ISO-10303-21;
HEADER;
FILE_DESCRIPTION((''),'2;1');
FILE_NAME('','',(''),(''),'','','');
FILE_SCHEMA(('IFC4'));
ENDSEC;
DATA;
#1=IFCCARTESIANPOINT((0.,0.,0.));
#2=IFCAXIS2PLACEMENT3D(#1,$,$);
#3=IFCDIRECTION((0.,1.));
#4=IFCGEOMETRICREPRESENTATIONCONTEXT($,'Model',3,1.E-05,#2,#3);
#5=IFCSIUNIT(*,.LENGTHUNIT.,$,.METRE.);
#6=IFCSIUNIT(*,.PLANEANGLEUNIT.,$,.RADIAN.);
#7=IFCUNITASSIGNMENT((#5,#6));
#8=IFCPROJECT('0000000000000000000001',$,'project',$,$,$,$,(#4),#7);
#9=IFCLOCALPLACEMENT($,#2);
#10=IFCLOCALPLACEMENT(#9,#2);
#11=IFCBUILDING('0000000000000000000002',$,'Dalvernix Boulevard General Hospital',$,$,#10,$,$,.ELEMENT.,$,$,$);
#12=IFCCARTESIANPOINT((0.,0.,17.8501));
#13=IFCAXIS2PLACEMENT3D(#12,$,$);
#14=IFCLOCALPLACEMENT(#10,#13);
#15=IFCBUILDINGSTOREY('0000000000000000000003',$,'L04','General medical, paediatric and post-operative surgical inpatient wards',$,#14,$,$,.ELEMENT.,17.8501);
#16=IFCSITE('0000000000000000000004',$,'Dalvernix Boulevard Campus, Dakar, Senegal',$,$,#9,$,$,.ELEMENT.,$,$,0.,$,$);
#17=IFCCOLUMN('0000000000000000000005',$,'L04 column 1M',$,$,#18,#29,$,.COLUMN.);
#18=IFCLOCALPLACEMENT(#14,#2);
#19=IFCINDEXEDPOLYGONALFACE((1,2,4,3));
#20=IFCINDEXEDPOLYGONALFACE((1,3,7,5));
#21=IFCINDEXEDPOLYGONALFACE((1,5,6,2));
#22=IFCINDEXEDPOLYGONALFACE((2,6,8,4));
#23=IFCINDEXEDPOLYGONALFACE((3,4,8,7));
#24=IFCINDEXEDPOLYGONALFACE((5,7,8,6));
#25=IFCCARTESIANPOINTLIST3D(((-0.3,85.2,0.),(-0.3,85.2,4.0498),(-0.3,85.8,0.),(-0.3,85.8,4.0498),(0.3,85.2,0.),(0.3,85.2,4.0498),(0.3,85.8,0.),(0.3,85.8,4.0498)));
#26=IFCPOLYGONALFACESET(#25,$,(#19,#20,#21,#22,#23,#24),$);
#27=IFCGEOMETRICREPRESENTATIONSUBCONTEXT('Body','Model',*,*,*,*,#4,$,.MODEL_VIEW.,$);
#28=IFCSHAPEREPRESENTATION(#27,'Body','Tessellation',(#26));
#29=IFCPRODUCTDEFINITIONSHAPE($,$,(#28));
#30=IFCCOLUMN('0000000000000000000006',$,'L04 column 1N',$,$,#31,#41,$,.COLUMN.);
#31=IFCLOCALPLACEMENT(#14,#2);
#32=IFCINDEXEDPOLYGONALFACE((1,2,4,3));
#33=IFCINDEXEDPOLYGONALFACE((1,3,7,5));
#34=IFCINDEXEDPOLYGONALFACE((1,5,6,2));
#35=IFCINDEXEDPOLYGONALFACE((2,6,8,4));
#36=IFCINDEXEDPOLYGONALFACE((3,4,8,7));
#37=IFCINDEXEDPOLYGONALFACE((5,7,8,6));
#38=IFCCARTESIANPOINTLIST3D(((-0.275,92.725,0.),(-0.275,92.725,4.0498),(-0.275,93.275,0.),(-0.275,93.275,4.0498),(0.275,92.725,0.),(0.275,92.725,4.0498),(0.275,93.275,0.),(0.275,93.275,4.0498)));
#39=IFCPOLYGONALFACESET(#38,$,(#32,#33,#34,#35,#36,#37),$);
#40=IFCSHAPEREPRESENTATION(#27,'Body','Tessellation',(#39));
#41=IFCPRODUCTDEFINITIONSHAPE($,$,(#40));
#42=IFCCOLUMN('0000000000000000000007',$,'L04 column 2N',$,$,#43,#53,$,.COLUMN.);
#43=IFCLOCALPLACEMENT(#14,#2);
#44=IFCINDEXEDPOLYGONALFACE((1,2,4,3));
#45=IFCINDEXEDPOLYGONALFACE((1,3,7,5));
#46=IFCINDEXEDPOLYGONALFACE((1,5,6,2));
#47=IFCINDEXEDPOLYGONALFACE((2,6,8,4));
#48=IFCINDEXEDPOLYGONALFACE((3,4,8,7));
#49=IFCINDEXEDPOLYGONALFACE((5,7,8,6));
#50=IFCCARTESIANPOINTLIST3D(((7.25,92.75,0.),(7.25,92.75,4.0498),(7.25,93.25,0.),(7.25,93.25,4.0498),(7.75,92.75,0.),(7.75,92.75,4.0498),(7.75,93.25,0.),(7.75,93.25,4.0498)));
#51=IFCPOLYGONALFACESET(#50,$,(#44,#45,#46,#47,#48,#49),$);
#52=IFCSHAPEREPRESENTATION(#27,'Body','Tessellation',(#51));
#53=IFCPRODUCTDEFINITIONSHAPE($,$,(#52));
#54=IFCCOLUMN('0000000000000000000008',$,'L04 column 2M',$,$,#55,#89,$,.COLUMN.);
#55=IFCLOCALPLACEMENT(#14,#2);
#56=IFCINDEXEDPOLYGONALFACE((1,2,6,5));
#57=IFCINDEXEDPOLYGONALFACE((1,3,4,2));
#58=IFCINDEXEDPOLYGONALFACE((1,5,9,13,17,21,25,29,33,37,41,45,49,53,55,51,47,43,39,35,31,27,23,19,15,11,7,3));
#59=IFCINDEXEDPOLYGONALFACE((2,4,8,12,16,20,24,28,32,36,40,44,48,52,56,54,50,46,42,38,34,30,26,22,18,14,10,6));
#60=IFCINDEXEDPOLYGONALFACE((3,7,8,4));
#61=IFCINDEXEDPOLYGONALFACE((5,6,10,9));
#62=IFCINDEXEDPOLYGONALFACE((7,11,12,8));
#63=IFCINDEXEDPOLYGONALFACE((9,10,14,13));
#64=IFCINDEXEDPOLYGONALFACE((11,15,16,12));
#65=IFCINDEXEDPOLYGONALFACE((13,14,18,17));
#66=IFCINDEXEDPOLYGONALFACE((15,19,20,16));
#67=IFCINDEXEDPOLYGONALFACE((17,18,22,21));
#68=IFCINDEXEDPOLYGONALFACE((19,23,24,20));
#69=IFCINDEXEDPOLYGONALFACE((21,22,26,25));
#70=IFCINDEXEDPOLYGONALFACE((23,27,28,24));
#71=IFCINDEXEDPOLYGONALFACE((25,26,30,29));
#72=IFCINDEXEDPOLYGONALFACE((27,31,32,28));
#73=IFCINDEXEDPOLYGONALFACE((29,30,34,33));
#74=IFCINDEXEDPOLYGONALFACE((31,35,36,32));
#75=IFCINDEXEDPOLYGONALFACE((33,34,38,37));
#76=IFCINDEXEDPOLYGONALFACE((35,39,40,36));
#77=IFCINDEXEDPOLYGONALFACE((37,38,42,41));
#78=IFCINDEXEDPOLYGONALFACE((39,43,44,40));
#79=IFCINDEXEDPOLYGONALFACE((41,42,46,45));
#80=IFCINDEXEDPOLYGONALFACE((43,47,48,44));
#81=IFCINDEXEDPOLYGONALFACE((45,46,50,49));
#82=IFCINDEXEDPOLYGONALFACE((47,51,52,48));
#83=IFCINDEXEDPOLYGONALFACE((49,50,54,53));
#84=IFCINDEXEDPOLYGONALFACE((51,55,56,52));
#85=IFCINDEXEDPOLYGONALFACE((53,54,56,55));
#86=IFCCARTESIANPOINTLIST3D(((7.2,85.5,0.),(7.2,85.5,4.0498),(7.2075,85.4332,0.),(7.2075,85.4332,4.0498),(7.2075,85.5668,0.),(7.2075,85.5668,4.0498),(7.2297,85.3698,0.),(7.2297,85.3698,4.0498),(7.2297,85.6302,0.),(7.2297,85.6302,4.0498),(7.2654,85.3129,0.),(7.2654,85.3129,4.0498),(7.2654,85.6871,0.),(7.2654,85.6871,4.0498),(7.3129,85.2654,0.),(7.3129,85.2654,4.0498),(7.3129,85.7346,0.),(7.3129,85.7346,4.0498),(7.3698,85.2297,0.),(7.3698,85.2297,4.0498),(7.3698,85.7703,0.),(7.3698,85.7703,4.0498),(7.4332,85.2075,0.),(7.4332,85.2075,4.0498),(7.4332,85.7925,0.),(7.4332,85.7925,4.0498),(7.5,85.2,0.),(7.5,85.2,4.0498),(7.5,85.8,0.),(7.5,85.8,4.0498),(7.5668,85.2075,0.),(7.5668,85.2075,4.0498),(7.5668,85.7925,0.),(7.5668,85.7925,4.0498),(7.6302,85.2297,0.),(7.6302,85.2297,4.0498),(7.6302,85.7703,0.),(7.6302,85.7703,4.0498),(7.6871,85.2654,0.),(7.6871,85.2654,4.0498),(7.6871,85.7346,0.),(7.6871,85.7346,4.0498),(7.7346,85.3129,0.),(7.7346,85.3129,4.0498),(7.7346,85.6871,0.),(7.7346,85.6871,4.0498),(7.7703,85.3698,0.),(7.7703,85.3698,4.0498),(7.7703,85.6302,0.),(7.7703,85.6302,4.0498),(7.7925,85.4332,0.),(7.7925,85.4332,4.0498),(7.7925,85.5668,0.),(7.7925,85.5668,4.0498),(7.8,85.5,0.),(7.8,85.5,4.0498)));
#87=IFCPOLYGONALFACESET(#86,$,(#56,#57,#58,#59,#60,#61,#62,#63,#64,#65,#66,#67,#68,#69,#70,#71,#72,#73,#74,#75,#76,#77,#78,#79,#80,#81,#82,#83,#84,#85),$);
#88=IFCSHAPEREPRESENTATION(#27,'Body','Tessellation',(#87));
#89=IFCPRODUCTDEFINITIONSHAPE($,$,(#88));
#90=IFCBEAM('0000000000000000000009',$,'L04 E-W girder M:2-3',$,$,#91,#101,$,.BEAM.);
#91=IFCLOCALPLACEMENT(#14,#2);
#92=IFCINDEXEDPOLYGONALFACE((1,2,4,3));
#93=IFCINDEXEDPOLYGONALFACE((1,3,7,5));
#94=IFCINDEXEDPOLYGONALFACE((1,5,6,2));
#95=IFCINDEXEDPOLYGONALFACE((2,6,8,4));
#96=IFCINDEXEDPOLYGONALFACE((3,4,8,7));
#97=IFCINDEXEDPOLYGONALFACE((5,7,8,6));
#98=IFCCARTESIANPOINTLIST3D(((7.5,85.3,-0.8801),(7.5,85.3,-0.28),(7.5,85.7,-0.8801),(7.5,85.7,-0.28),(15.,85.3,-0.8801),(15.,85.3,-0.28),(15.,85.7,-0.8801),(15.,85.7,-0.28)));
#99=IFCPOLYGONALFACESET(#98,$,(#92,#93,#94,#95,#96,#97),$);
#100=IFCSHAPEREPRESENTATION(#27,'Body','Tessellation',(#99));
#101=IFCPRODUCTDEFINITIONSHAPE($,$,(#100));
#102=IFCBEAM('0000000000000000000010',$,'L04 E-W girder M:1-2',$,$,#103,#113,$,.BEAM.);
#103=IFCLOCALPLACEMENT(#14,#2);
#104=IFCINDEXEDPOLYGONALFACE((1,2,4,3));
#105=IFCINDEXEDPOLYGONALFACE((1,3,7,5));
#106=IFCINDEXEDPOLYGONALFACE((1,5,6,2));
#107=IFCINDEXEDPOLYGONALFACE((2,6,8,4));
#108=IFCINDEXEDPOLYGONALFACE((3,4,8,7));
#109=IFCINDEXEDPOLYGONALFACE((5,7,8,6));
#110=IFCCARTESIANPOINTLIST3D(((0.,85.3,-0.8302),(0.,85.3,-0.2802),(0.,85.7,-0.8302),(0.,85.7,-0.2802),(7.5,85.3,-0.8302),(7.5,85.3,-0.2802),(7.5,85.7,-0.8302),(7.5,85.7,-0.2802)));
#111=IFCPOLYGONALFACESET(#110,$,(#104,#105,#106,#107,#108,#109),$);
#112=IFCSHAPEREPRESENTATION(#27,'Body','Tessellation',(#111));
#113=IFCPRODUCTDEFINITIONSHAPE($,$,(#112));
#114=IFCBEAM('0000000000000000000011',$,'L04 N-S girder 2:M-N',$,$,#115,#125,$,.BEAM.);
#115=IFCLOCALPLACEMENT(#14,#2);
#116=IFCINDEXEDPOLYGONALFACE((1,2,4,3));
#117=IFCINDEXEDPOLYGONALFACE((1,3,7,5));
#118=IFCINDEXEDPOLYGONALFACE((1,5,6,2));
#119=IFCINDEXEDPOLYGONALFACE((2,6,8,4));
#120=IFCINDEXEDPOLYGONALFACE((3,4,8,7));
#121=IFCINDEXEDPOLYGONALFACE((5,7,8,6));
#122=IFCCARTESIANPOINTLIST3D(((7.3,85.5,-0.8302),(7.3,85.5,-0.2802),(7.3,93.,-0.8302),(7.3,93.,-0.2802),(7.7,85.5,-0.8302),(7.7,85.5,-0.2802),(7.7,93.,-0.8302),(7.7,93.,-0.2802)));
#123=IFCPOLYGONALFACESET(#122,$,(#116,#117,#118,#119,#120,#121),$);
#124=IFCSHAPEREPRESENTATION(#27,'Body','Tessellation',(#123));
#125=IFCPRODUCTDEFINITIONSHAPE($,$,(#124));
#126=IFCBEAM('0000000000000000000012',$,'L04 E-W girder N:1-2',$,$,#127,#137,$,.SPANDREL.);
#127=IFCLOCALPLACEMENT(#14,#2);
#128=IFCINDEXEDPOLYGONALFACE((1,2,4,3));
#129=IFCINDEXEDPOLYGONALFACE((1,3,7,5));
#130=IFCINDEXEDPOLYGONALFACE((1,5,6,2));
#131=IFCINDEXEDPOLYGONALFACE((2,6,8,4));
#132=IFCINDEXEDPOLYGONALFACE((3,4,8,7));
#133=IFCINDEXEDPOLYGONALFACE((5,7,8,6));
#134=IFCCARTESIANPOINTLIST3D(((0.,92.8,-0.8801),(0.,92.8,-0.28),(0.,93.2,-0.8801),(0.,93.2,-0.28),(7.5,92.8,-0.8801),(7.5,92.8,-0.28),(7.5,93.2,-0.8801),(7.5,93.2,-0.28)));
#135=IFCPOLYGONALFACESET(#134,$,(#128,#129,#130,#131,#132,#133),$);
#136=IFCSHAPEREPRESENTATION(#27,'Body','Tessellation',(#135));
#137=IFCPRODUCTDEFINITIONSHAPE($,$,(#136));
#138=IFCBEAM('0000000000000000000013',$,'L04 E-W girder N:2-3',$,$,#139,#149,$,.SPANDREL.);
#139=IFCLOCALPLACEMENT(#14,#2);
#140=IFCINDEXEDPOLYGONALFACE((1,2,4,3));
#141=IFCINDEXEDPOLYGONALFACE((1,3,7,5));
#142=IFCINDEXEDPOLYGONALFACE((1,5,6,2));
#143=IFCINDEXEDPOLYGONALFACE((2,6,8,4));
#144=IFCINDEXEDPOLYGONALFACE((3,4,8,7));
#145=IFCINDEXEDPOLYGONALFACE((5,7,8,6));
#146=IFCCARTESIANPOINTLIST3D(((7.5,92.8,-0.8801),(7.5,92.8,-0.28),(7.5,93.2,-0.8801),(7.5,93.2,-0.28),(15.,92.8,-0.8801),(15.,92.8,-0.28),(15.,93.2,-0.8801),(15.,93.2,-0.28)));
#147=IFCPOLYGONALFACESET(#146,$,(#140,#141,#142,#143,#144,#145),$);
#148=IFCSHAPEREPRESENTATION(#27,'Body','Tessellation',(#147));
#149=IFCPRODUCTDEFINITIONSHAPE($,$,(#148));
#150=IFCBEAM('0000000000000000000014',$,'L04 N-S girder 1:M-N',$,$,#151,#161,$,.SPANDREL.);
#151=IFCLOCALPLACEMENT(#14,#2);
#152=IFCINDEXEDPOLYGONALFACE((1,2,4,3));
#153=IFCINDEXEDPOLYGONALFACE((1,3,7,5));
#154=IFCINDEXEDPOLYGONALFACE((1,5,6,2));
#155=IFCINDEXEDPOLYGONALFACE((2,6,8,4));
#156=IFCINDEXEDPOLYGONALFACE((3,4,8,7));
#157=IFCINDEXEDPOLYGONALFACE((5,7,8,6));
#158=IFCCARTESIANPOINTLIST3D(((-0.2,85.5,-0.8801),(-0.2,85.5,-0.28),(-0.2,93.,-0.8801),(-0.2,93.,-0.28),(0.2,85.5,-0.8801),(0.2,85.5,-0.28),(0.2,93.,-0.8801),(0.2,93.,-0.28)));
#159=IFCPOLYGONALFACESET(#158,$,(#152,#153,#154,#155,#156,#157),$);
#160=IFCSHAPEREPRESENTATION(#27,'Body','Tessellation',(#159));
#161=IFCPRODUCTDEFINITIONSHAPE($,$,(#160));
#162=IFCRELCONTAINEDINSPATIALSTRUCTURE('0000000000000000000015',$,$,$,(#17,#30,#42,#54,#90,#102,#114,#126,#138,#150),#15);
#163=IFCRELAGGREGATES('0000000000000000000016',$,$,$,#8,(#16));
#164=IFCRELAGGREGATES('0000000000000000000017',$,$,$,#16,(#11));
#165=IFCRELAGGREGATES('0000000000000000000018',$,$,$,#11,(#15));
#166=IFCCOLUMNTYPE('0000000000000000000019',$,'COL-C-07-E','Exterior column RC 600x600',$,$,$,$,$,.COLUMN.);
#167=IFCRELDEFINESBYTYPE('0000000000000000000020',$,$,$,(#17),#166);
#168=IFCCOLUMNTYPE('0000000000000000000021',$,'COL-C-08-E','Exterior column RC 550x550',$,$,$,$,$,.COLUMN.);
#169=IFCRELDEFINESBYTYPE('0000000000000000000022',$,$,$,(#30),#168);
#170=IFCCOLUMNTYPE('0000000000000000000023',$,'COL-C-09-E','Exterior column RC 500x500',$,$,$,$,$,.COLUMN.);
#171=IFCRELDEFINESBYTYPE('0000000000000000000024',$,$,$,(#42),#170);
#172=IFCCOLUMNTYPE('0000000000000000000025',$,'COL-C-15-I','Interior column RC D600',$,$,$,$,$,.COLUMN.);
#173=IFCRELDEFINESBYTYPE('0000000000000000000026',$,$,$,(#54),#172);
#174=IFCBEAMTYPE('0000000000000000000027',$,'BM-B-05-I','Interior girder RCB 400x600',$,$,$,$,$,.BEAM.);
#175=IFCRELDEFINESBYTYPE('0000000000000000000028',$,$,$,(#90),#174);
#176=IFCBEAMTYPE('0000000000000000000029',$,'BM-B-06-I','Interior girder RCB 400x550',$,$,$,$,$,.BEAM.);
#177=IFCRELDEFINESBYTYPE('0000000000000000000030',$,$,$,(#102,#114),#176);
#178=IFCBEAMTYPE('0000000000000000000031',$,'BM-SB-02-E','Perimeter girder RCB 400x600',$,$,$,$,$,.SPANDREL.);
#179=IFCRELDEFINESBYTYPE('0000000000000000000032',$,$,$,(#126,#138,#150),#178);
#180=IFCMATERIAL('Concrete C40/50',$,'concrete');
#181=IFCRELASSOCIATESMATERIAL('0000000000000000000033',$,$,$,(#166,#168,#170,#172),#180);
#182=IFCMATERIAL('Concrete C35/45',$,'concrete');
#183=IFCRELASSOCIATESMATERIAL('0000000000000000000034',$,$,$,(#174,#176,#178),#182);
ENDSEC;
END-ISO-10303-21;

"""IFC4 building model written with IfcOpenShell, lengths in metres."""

from ifc_helpers import new_model, si_unit, direction, frame, origin, origin_2d, place, context, subcontext, project, spatial, rectangle, circle, extrude, material, material_profile, profile_set, type_object, element, save


model = new_model("IFC4")

# Units and contexts
model_context = context("Model", 3, precision=1e-05, world=origin(), true_north=direction((0.0, 1.0)))
body_context = subcontext(model_context, "Body", "Model", "MODEL_VIEW")
ifc_project = project(units=[si_unit("LENGTHUNIT", "METRE"), si_unit("PLANEANGLEUNIT", "RADIAN")], contexts=[model_context])

# Site, building, storey
site_placement = place(None, origin())
site = spatial("IfcSite", under=ifc_project, at=site_placement, Name="Dalvernix Boulevard Campus, Dakar, Senegal", CompositionType="ELEMENT", RefElevation=0.0)
building_placement = place(site_placement, origin())
building = spatial("IfcBuilding", under=site, at=building_placement, Name="Dalvernix Boulevard General Hospital", CompositionType="ELEMENT")
storey_placement = place(building_placement, frame((0.0, 0.0, 17.8501)))
storey = spatial("IfcBuildingStorey", under=building, at=storey_placement, Name="L04", Description="General medical, paediatric and post-operative surgical inpatient wards", CompositionType="ELEMENT", Elevation=17.8501)

# Columns
ifc_material_1 = material(Name="Concrete C40/50", Category="concrete")
ifc_material_profile_1 = material_profile(ifc_material_1, rectangle(XDim=0.6001, YDim=0.6001, at=origin_2d()), Name="RC 600x600")
ifc_profile_set_1 = profile_set([ifc_material_profile_1], Name="Concrete C40/50")
column_type_1 = type_object("IfcColumnType", Name="COL-C-07-E", Description="Exterior column RC 600x600", PredefinedType="COLUMN", material=ifc_profile_set_1)
column_1_placement = place(storey_placement, frame((0.0, 85.5, 0.0), z_axis=(0.0, 0.0, 1.0), x_axis=(1.0, 0.0, 0.0)))
element("IfcColumn", 1, at=column_1_placement, inside=storey, type_object=column_type_1, Name="L04 column 1M", PredefinedType="COLUMN", context=body_context, shape_type="SweptSolid", body=[
    extrude(rectangle(XDim=0.6001, YDim=0.6001, at=origin_2d()), origin(), (0.0, 0.0, 1.0), 4.0498),
])
ifc_material_profile_2 = material_profile(ifc_material_1, rectangle(XDim=0.55, YDim=0.55, at=origin_2d()), Name="RC 550x550")
ifc_profile_set_2 = profile_set([ifc_material_profile_2], Name="Concrete C40/50")
column_type_2 = type_object("IfcColumnType", Name="COL-C-08-E", Description="Exterior column RC 550x550", PredefinedType="COLUMN", material=ifc_profile_set_2)
column_2_placement = place(storey_placement, frame((0.0, 93.0, 0.0), z_axis=(0.0, 0.0, 1.0), x_axis=(1.0, 0.0, 0.0)))
element("IfcColumn", 2, at=column_2_placement, inside=storey, type_object=column_type_2, Name="L04 column 1N", PredefinedType="COLUMN", context=body_context, shape_type="SweptSolid", body=[
    extrude(rectangle(XDim=0.55, YDim=0.55, at=origin_2d()), origin(), (0.0, 0.0, 1.0), 4.0498),
])
ifc_material_profile_3 = material_profile(ifc_material_1, rectangle(XDim=0.5, YDim=0.5, at=origin_2d()), Name="RC 500x500")
ifc_profile_set_3 = profile_set([ifc_material_profile_3], Name="Concrete C40/50")
column_type_3 = type_object("IfcColumnType", Name="COL-C-09-E", Description="Exterior column RC 500x500", PredefinedType="COLUMN", material=ifc_profile_set_3)
column_3_placement = place(storey_placement, frame((7.5, 93.0, 0.0), z_axis=(0.0, 0.0, 1.0), x_axis=(1.0, 0.0, 0.0)))
element("IfcColumn", 3, at=column_3_placement, inside=storey, type_object=column_type_3, Name="L04 column 2N", PredefinedType="COLUMN", context=body_context, shape_type="SweptSolid", body=[
    extrude(rectangle(XDim=0.5, YDim=0.5, at=origin_2d()), origin(), (0.0, 0.0, 1.0), 4.0498),
])
ifc_material_profile_4 = material_profile(ifc_material_1, circle(Radius=0.3, at=origin_2d()), Name="RC D600")
ifc_profile_set_4 = profile_set([ifc_material_profile_4], Name="Concrete C40/50")
column_type_4 = type_object("IfcColumnType", Name="COL-C-15-I", Description="Interior column RC D600", PredefinedType="COLUMN", material=ifc_profile_set_4)
column_4_placement = place(storey_placement, frame((7.5, 85.5, 0.0), z_axis=(0.0, 0.0, 1.0), x_axis=(1.0, 0.0, 0.0)))
element("IfcColumn", 4, at=column_4_placement, inside=storey, type_object=column_type_4, Name="L04 column 2M", PredefinedType="COLUMN", context=body_context, shape_type="SweptSolid", body=[
    extrude(circle(Radius=0.3, at=origin_2d()), origin(), (0.0, 0.0, 1.0), 4.0498),
])

# Beams
ifc_material_2 = material(Name="Concrete C35/45", Category="concrete")
ifc_material_profile_5 = material_profile(ifc_material_2, rectangle(XDim=0.3999, YDim=0.6001, at=origin_2d()), Name="RCB 400x600")
ifc_profile_set_5 = profile_set([ifc_material_profile_5], Name="Concrete C35/45")
beam_type_1 = type_object("IfcBeamType", Name="BM-B-05-I", Description="Interior girder RCB 400x600", PredefinedType="BEAM", material=ifc_profile_set_5)
beam_placement = place(storey_placement, frame((7.5, 85.5, -0.5801), z_axis=(1.0, 0.0, 0.0), x_axis=(0.0, 1.0, 0.0)))
element("IfcBeam", 5, at=beam_placement, inside=storey, type_object=beam_type_1, Name="L04 E-W girder M:2-3", PredefinedType="BEAM", context=body_context, shape_type="SweptSolid", body=[
    extrude(rectangle(XDim=0.3999, YDim=0.6001, at=origin_2d()), origin(), (0.0, 0.0, 1.0), 7.5),
])
ifc_material_profile_6 = material_profile(ifc_material_2, rectangle(XDim=0.3999, YDim=0.55, at=origin_2d()), Name="RCB 400x550")
ifc_profile_set_6 = profile_set([ifc_material_profile_6], Name="Concrete C35/45")
beam_type_2 = type_object("IfcBeamType", Name="BM-B-06-I", Description="Interior girder RCB 400x550", PredefinedType="BEAM", material=ifc_profile_set_6)
for number, where, z_axis, x_axis, name in (
    (6, (0.0, 85.5, -0.5552), (1.0, 0.0, 0.0), (0.0, 1.0, 0.0), "L04 E-W girder M:1-2"),
    (7, (7.5, 85.5, -0.5552), (0.0, 1.0, 0.0), (-1.0, 0.0, 0.0), "L04 N-S girder 2:M-N"),
):
    element("IfcBeam", number, at=place(storey_placement, frame(where, z_axis=z_axis, x_axis=x_axis)), inside=storey, type_object=beam_type_2, Name=name, PredefinedType="BEAM", context=body_context, shape_type="SweptSolid", body=[
        extrude(rectangle(XDim=0.3999, YDim=0.55, at=origin_2d()), origin(), (0.0, 0.0, 1.0), 7.5),
    ])
ifc_material_profile_7 = material_profile(ifc_material_2, rectangle(XDim=0.3999, YDim=0.6001, at=origin_2d()), Name="RCB 400x600")
ifc_profile_set_7 = profile_set([ifc_material_profile_7], Name="Concrete C35/45")
beam_type_3 = type_object("IfcBeamType", Name="BM-SB-02-E", Description="Perimeter girder RCB 400x600", PredefinedType="SPANDREL", material=ifc_profile_set_7)
for number, where, z_axis, x_axis, name in (
    (8, (0.0, 93.0, -0.5801), (1.0, 0.0, 0.0), (0.0, 1.0, 0.0), "L04 E-W girder N:1-2"),
    (9, (7.5, 93.0, -0.5801), (1.0, 0.0, 0.0), (0.0, 1.0, 0.0), "L04 E-W girder N:2-3"),
    (10, (0.0, 85.5, -0.5801), (0.0, 1.0, 0.0), (-1.0, 0.0, 0.0), "L04 N-S girder 1:M-N"),
):
    element("IfcBeam", number, at=place(storey_placement, frame(where, z_axis=z_axis, x_axis=x_axis)), inside=storey, type_object=beam_type_3, Name=name, PredefinedType="SPANDREL", context=body_context, shape_type="SweptSolid", body=[
        extrude(rectangle(XDim=0.3999, YDim=0.6001, at=origin_2d()), origin(), (0.0, 0.0, 1.0), 7.5),
    ])

save(model, "model.ifc")
